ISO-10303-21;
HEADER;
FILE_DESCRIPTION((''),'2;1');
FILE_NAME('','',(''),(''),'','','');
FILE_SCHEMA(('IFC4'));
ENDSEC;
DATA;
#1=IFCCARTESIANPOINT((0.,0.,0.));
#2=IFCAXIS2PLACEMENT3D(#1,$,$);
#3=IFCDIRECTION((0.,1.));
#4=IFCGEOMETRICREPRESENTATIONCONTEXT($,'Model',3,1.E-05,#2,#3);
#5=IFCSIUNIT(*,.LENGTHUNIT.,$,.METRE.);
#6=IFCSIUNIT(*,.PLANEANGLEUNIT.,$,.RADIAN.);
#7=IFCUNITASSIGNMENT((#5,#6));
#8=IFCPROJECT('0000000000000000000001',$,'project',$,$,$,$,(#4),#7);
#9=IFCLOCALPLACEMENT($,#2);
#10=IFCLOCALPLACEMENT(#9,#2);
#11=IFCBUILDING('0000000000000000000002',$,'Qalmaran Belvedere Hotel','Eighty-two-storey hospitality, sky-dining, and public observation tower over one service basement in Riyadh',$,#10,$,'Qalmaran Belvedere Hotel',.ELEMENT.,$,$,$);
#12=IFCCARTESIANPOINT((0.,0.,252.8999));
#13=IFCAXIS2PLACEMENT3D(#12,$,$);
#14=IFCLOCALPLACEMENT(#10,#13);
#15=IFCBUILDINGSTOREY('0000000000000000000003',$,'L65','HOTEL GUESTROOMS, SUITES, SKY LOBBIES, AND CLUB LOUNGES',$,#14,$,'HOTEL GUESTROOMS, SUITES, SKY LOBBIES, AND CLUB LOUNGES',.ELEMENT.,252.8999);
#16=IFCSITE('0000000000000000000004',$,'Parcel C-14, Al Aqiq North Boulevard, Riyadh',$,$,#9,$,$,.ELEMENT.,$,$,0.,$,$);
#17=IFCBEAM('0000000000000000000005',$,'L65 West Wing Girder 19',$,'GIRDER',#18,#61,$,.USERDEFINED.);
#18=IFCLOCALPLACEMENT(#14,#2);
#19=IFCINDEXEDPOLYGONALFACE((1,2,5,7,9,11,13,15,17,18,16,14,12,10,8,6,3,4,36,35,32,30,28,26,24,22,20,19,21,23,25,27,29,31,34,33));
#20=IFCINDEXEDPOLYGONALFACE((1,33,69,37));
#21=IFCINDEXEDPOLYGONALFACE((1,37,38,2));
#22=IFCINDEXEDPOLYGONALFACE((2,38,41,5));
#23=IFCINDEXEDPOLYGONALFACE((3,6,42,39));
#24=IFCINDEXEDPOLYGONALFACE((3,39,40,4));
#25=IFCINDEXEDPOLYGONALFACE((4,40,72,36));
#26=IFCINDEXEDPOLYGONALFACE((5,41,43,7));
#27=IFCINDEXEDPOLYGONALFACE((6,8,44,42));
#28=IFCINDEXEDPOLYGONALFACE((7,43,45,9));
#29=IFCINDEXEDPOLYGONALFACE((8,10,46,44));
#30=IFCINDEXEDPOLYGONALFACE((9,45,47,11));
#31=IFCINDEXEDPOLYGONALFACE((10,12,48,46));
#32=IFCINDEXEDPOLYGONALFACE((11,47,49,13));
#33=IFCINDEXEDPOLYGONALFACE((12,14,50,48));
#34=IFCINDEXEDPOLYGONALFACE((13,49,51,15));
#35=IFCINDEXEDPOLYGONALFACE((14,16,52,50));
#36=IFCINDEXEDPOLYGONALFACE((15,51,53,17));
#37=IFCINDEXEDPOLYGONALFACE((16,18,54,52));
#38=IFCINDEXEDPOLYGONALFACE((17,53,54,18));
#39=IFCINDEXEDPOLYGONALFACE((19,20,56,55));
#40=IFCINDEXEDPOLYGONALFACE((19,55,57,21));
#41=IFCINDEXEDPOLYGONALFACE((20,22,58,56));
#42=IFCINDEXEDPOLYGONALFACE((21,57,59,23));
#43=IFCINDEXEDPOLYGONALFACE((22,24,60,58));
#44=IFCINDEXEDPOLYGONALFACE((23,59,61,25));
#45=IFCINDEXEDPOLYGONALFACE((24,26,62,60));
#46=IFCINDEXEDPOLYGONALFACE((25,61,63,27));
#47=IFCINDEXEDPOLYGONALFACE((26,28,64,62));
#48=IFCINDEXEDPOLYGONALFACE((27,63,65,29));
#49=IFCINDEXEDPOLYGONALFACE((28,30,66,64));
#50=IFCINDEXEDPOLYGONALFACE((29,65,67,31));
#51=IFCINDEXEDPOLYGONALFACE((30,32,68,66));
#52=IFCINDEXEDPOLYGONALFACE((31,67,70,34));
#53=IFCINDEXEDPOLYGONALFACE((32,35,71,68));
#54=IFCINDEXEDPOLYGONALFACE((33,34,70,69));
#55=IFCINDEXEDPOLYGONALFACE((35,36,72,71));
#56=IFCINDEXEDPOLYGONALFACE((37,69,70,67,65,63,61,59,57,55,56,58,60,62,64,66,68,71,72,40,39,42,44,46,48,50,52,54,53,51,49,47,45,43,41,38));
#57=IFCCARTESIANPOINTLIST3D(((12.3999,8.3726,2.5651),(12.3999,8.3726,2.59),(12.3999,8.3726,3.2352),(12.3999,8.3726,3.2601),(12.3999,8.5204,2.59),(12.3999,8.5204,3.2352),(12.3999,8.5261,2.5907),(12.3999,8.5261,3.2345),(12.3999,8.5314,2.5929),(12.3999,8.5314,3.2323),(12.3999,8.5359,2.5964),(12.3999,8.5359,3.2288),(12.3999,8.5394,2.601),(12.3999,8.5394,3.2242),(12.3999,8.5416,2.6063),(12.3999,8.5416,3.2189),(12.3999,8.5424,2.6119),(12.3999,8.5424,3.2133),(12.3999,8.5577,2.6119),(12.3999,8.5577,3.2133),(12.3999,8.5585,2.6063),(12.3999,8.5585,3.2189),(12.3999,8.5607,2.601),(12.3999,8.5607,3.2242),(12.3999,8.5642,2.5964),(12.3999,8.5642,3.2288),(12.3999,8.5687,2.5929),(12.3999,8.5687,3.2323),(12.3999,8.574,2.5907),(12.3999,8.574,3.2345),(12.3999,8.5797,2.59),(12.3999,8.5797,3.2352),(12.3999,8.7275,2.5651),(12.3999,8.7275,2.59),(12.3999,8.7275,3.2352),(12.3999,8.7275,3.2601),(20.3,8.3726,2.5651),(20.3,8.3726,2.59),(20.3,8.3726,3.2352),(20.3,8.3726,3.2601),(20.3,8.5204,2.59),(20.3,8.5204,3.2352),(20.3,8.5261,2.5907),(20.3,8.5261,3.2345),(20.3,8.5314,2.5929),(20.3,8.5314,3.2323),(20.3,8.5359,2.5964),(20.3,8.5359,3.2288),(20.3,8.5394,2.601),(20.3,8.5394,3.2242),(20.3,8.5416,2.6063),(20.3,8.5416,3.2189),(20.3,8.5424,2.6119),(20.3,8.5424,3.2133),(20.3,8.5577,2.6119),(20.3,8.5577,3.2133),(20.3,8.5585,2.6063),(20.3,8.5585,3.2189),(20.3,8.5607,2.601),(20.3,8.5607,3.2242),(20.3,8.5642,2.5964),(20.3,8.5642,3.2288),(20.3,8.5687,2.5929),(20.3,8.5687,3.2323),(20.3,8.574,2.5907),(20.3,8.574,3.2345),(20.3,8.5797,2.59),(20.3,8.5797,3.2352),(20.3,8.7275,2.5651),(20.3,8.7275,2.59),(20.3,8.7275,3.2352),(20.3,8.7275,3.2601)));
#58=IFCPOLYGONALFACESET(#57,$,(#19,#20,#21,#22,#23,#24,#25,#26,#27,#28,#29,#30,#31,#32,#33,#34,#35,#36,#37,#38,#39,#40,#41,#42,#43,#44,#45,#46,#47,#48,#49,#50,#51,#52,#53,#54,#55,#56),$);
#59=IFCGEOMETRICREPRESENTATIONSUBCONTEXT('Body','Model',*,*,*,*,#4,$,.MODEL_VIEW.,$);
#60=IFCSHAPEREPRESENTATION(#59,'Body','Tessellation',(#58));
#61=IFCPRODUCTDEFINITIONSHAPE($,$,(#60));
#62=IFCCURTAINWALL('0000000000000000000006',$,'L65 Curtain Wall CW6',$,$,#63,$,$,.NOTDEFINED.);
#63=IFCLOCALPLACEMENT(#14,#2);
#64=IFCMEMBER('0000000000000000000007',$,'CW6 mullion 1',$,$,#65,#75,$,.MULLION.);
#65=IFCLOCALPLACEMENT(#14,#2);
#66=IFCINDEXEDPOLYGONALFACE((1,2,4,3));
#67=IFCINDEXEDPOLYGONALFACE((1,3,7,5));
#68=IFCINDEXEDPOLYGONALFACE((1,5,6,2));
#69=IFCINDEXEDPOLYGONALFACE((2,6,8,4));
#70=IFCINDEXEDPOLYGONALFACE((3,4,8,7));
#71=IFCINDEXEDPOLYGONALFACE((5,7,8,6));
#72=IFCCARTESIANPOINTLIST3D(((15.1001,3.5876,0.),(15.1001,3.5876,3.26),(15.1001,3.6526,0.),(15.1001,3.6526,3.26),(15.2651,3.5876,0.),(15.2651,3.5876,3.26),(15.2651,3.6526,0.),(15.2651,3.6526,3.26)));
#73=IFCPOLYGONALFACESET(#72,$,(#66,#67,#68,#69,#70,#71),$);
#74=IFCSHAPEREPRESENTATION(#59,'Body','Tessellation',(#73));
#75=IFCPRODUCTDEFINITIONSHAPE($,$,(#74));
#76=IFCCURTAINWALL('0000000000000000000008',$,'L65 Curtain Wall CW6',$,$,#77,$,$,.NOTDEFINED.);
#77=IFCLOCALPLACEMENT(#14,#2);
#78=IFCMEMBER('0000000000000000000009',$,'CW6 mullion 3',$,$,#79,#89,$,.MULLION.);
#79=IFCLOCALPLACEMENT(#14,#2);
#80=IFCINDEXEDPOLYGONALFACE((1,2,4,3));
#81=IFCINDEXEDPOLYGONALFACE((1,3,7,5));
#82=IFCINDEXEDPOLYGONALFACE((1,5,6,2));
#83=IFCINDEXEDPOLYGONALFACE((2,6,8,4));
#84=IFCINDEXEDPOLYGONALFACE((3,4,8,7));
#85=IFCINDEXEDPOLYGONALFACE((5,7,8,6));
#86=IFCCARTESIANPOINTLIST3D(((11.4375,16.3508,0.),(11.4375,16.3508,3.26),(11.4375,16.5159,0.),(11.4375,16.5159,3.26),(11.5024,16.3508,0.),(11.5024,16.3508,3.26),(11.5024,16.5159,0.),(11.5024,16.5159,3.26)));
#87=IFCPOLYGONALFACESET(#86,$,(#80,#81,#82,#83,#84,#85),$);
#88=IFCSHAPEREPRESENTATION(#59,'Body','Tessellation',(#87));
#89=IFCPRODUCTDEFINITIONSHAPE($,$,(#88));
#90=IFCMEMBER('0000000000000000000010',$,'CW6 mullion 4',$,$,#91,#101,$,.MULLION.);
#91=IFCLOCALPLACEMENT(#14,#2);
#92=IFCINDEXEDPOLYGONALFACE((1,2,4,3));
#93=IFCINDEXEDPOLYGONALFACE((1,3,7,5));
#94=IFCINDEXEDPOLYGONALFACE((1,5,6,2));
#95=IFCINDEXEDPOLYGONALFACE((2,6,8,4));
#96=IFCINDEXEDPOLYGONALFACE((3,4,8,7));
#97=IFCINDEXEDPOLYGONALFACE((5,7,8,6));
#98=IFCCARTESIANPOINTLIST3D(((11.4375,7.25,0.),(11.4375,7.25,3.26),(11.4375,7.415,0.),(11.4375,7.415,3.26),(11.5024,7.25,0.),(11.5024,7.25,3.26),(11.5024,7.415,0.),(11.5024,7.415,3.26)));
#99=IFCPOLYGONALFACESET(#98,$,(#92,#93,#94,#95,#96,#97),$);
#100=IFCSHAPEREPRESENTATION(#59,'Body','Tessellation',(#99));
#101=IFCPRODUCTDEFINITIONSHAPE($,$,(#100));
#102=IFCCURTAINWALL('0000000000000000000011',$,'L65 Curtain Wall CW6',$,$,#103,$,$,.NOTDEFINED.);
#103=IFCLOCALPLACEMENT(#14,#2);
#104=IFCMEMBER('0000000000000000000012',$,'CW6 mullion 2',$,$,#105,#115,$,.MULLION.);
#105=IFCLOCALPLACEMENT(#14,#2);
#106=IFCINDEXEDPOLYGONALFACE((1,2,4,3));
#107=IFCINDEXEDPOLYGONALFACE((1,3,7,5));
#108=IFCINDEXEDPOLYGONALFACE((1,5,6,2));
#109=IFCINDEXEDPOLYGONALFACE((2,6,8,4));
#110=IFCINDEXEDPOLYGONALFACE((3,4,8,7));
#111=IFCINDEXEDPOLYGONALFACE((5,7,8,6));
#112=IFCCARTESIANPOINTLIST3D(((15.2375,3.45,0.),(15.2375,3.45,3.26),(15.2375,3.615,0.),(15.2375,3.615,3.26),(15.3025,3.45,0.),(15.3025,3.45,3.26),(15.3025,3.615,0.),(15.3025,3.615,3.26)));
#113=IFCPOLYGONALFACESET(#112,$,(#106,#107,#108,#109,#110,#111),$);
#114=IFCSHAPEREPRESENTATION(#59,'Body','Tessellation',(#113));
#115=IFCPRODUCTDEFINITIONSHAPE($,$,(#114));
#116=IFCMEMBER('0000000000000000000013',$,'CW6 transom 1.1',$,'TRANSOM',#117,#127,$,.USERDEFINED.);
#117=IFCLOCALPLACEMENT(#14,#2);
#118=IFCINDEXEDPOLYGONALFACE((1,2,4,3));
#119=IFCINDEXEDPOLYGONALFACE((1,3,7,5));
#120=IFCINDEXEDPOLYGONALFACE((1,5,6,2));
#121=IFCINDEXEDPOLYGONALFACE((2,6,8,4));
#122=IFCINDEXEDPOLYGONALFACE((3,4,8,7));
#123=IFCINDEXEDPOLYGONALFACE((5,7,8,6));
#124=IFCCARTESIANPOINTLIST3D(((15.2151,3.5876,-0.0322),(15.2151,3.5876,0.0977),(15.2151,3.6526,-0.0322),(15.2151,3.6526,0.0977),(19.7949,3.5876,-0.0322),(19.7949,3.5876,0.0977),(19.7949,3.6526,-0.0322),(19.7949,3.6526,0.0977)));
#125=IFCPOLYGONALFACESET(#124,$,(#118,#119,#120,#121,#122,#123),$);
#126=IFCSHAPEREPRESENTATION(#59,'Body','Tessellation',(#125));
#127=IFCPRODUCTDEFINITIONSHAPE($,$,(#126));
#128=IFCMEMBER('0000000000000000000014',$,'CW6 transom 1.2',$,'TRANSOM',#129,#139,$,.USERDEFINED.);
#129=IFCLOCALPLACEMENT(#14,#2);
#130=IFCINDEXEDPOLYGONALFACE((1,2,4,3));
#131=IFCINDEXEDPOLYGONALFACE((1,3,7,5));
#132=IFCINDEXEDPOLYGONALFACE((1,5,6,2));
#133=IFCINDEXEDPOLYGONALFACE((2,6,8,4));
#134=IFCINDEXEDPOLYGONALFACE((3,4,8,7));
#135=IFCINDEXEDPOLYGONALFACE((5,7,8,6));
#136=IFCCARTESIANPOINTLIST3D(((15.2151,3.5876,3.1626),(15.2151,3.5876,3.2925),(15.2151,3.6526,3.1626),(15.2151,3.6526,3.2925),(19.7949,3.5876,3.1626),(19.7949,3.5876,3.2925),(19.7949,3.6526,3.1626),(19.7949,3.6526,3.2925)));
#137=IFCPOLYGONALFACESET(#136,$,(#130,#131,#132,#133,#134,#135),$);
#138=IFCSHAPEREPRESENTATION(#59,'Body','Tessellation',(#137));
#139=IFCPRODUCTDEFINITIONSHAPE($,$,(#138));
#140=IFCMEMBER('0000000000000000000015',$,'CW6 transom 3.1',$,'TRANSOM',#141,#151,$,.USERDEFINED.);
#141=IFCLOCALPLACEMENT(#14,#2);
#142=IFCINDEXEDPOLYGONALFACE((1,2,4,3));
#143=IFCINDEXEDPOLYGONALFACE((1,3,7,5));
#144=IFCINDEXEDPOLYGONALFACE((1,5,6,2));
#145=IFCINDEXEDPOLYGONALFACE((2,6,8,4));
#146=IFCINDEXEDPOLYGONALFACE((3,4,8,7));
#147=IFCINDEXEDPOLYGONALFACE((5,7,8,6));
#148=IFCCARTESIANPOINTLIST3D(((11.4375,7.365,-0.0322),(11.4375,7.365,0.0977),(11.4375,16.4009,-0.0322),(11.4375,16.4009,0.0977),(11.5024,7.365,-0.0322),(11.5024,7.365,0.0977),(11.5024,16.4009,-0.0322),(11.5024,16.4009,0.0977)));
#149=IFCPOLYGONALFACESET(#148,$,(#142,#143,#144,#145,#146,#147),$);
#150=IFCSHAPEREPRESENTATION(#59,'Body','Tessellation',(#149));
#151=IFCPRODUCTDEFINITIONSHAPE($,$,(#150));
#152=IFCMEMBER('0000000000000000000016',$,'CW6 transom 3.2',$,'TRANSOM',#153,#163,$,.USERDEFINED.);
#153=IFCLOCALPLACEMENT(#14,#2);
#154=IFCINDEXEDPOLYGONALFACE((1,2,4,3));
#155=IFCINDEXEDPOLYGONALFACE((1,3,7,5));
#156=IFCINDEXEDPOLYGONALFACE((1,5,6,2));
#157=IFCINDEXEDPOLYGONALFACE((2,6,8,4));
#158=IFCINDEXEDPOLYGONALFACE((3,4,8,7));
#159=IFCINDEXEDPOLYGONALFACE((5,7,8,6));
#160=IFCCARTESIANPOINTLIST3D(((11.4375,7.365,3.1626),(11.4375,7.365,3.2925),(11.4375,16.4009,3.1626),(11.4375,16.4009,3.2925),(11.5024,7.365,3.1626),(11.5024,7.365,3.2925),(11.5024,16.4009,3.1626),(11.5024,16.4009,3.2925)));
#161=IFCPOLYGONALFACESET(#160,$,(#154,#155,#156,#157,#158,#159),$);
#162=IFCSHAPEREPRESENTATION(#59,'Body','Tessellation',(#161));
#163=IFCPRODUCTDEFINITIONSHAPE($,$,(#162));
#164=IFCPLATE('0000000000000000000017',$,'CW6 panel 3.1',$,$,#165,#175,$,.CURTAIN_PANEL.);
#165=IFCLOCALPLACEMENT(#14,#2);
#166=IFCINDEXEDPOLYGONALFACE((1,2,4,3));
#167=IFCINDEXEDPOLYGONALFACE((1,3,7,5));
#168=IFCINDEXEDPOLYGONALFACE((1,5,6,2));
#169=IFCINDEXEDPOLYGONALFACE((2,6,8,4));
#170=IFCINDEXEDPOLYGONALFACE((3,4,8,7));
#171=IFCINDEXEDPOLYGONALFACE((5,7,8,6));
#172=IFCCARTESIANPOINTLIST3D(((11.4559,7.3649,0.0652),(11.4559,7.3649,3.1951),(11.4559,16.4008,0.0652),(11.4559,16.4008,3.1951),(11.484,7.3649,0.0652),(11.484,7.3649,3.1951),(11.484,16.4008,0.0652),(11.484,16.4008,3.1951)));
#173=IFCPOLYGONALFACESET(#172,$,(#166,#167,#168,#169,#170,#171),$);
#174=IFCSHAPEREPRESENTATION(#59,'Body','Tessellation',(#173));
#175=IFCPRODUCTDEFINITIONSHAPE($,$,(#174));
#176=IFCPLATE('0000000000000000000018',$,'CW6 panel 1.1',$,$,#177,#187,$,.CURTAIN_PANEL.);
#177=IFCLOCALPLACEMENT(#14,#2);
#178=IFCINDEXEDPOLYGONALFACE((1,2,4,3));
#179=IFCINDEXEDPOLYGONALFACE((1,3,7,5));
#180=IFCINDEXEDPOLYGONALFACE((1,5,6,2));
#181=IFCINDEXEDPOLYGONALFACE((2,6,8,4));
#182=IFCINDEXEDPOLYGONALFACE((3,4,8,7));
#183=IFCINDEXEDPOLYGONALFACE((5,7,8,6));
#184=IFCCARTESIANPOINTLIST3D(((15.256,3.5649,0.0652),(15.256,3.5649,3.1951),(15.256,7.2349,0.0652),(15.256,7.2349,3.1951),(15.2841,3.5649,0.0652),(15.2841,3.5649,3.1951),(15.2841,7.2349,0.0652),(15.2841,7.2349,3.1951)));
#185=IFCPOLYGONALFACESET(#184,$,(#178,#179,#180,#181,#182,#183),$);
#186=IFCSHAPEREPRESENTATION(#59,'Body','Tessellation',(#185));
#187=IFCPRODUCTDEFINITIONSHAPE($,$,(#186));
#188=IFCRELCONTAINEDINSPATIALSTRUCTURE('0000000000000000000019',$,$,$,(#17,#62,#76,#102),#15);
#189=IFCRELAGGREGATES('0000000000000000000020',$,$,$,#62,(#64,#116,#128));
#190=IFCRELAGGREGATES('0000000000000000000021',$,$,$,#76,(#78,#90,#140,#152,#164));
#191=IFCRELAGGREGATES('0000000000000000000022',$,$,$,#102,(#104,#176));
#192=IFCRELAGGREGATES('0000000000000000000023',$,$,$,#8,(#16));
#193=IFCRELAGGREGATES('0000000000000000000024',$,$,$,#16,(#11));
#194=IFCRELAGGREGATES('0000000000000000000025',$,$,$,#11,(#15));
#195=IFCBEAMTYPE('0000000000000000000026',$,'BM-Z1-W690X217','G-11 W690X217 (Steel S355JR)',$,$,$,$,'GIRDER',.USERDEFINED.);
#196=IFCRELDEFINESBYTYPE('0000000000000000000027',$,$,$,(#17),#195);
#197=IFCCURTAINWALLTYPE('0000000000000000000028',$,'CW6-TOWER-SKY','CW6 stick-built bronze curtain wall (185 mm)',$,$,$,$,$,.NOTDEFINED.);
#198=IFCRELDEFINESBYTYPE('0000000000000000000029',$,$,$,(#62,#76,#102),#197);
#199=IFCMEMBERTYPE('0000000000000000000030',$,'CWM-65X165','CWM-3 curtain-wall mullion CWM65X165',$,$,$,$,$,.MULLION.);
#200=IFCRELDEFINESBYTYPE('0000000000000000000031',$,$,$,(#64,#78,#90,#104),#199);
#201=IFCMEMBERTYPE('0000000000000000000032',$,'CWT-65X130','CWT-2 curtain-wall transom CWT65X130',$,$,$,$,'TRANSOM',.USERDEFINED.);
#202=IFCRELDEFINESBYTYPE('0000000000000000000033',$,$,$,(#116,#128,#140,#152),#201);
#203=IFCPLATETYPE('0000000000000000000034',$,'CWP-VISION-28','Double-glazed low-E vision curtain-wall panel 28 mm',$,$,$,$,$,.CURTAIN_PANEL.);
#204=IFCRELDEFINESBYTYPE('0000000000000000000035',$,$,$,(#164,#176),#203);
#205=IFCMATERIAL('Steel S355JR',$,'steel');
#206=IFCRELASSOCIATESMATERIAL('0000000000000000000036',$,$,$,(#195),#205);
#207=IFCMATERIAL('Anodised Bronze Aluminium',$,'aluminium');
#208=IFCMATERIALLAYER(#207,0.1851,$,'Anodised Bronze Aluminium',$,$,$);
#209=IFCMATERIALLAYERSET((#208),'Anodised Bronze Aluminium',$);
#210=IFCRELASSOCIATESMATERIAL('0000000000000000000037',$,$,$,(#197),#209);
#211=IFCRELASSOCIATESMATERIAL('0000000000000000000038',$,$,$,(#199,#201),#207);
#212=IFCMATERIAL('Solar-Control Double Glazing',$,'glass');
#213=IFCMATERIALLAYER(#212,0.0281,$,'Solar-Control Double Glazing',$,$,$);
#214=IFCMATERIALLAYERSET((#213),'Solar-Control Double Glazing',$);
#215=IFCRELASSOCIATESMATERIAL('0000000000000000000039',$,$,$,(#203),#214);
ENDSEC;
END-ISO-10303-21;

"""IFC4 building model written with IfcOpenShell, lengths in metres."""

from ifc_helpers import new_model, si_unit, direction, frame, origin, origin_2d, place, context, subcontext, project, spatial, rectangle, i_section, extrude, material, layer, layer_set, material_profile, profile_set, type_object, element, aggregate, save


model = new_model("IFC4")

# Units and contexts
model_context = context("Model", 3, precision=1e-05, world=origin(), true_north=direction((0.0, 1.0)))
body_context = subcontext(model_context, "Body", "Model", "MODEL_VIEW")
ifc_project = project(units=[si_unit("LENGTHUNIT", "METRE"), si_unit("PLANEANGLEUNIT", "RADIAN")], contexts=[model_context])

# Site, building, storey
site_placement = place(None, origin())
site = spatial("IfcSite", under=ifc_project, at=site_placement, Name="Parcel C-14, Al Aqiq North Boulevard, Riyadh", CompositionType="ELEMENT", RefElevation=0.0)
building_placement = place(site_placement, origin())
building = spatial("IfcBuilding", under=site, at=building_placement, Name="Qalmaran Belvedere Hotel", Description="Eighty-two-storey hospitality, sky-dining, and public observation tower over one service basement in Riyadh", LongName="Qalmaran Belvedere Hotel", CompositionType="ELEMENT")
storey_placement = place(building_placement, frame((0.0, 0.0, 252.8999)))
storey = spatial("IfcBuildingStorey", under=building, at=storey_placement, Name="L65", Description="HOTEL GUESTROOMS, SUITES, SKY LOBBIES, AND CLUB LOUNGES", LongName="HOTEL GUESTROOMS, SUITES, SKY LOBBIES, AND CLUB LOUNGES", CompositionType="ELEMENT", Elevation=252.8999)

# Beam
ifc_material_1 = material(Name="Steel S355JR", Category="steel")
ifc_material_profile_1 = material_profile(ifc_material_1, i_section(OverallWidth=0.355, OverallDepth=0.6951, WebThickness=0.0154, FlangeThickness=0.0249, FilletRadius=0.022, at=origin_2d()), Name="W690X217")
ifc_profile_set_1 = profile_set([ifc_material_profile_1], Name="Steel S355JR")
beam_type_1 = type_object("IfcBeamType", Name="BM-Z1-W690X217", Description="G-11 W690X217 (Steel S355JR)", ElementType="GIRDER", PredefinedType="USERDEFINED", material=ifc_profile_set_1)
beam_1_placement = place(storey_placement, frame((12.3999, 8.55, 2.9126), z_axis=(1.0, 0.0, 0.0), x_axis=(0.0, 1.0, 0.0)))
element("IfcBeam", 1, at=beam_1_placement, inside=storey, type_object=beam_type_1, Name="L65 West Wing Girder 19", ObjectType="GIRDER", PredefinedType="USERDEFINED", context=body_context, shape_type="SweptSolid", body=[
    extrude(i_section(OverallWidth=0.355, OverallDepth=0.6951, WebThickness=0.0154, FlangeThickness=0.0249, FilletRadius=0.022, at=origin_2d()), origin(), (0.0, 0.0, 1.0), 7.9001),
])

# Curtain wall, member
ifc_material_2 = material(Name="Anodised Bronze Aluminium", Category="aluminium")
ifc_layer_1 = layer(ifc_material_2, 0.1851, Name="Anodised Bronze Aluminium")
ifc_layer_set_1 = layer_set([ifc_layer_1], Name="Anodised Bronze Aluminium")
curtain_wall_type = type_object("IfcCurtainWallType", Name="CW6-TOWER-SKY", Description="CW6 stick-built bronze curtain wall (185 mm)", PredefinedType="NOTDEFINED", material=ifc_layer_set_1)
curtain_wall_1_placement = place(storey_placement, origin())
curtain_wall_1 = element("IfcCurtainWall", 2, at=curtain_wall_1_placement, inside=storey, type_object=curtain_wall_type, Name="L65 Curtain Wall CW6", PredefinedType="NOTDEFINED")
ifc_material_profile_2 = material_profile(ifc_material_2, rectangle(XDim=0.0649, YDim=0.165, at=origin_2d()), Name="CWM65X165")
ifc_profile_set_2 = profile_set([ifc_material_profile_2], Name="Anodised Bronze Aluminium")
member_type_1 = type_object("IfcMemberType", Name="CWM-65X165", Description="CWM-3 curtain-wall mullion CWM65X165", PredefinedType="MULLION", material=ifc_profile_set_2)
member_1_placement = place(storey_placement, frame((15.1826, 3.6201, 0.0), z_axis=(0.0, 0.0, 1.0), x_axis=(0.0, 1.0, 0.0)))
member_1 = element("IfcMember", 3, at=member_1_placement, type_object=member_type_1, Name="CW6 mullion 1", PredefinedType="MULLION", context=body_context, shape_type="SweptSolid", body=[
    extrude(rectangle(XDim=0.0649, YDim=0.165, at=origin_2d()), origin(), (0.0, 0.0, 1.0), 3.26),
])

# Curtain wall, members
curtain_wall_2_placement = place(storey_placement, origin())
curtain_wall_2 = element("IfcCurtainWall", 4, at=curtain_wall_2_placement, inside=storey, type_object=curtain_wall_type, Name="L65 Curtain Wall CW6", PredefinedType="NOTDEFINED")
member_2_placement = place(storey_placement, frame((11.47, 16.4333, 0.0), z_axis=(0.0, 0.0, 1.0), x_axis=(1.0, 0.0, 0.0)))
member_2 = element("IfcMember", 5, at=member_2_placement, type_object=member_type_1, Name="CW6 mullion 3", PredefinedType="MULLION", context=body_context, shape_type="SweptSolid", body=[
    extrude(rectangle(XDim=0.0649, YDim=0.165, at=origin_2d()), origin(), (0.0, 0.0, 1.0), 3.26),
])
member_3_placement = place(storey_placement, frame((11.47, 7.3325, 0.0), z_axis=(0.0, 0.0, 1.0), x_axis=(1.0, 0.0, 0.0)))
member_3 = element("IfcMember", 6, at=member_3_placement, type_object=member_type_1, Name="CW6 mullion 4", PredefinedType="MULLION", context=body_context, shape_type="SweptSolid", body=[
    extrude(rectangle(XDim=0.0649, YDim=0.165, at=origin_2d()), origin(), (0.0, 0.0, 1.0), 3.26),
])

# Curtain wall, member
curtain_wall_3_placement = place(storey_placement, origin())
curtain_wall_3 = element("IfcCurtainWall", 7, at=curtain_wall_3_placement, inside=storey, type_object=curtain_wall_type, Name="L65 Curtain Wall CW6", PredefinedType="NOTDEFINED")
member_4_placement = place(storey_placement, frame((15.27, 3.5325, 0.0), z_axis=(0.0, 0.0, 1.0), x_axis=(1.0, 0.0, 0.0)))
member_4 = element("IfcMember", 8, at=member_4_placement, type_object=member_type_1, Name="CW6 mullion 2", PredefinedType="MULLION", context=body_context, shape_type="SweptSolid", body=[
    extrude(rectangle(XDim=0.0649, YDim=0.165, at=origin_2d()), origin(), (0.0, 0.0, 1.0), 3.26),
])

# Members
ifc_material_profile_3 = material_profile(ifc_material_2, rectangle(XDim=0.0649, YDim=0.1299, at=origin_2d()), Name="CWT65X130")
ifc_profile_set_3 = profile_set([ifc_material_profile_3], Name="Anodised Bronze Aluminium")
member_type_2 = type_object("IfcMemberType", Name="CWT-65X130", Description="CWT-2 curtain-wall transom CWT65X130", ElementType="TRANSOM", PredefinedType="USERDEFINED", material=ifc_profile_set_3)
member_5_placement = place(storey_placement, frame((15.2151, 3.6201, 0.0327), z_axis=(1.0, 0.0, 0.0), x_axis=(0.0, 1.0, 0.0)))
member_5 = element("IfcMember", 9, at=member_5_placement, type_object=member_type_2, Name="CW6 transom 1.1", ObjectType="TRANSOM", PredefinedType="USERDEFINED", context=body_context, shape_type="SweptSolid", body=[
    extrude(rectangle(XDim=0.0649, YDim=0.1299, at=origin_2d()), origin(), (0.0, 0.0, 1.0), 4.5798),
])
member_6_placement = place(storey_placement, frame((15.2151, 3.6201, 3.2275), z_axis=(1.0, 0.0, 0.0), x_axis=(0.0, 1.0, 0.0)))
member_6 = element("IfcMember", 10, at=member_6_placement, type_object=member_type_2, Name="CW6 transom 1.2", ObjectType="TRANSOM", PredefinedType="USERDEFINED", context=body_context, shape_type="SweptSolid", body=[
    extrude(rectangle(XDim=0.0649, YDim=0.1299, at=origin_2d()), origin(), (0.0, 0.0, 1.0), 4.5798),
])
aggregate(curtain_wall_1, [member_1, member_5, member_6])
member_7_placement = place(storey_placement, frame((11.47, 16.4009, 0.0327), z_axis=(0.0, -1.0, 0.0), x_axis=(1.0, 0.0, 0.0)))
member_7 = element("IfcMember", 11, at=member_7_placement, type_object=member_type_2, Name="CW6 transom 3.1", ObjectType="TRANSOM", PredefinedType="USERDEFINED", context=body_context, shape_type="SweptSolid", body=[
    extrude(rectangle(XDim=0.0649, YDim=0.1299, at=origin_2d()), origin(), (0.0, 0.0, 1.0), 9.0359),
])
member_8_placement = place(storey_placement, frame((11.47, 16.4009, 3.2275), z_axis=(0.0, -1.0, 0.0), x_axis=(1.0, 0.0, 0.0)))
member_8 = element("IfcMember", 12, at=member_8_placement, type_object=member_type_2, Name="CW6 transom 3.2", ObjectType="TRANSOM", PredefinedType="USERDEFINED", context=body_context, shape_type="SweptSolid", body=[
    extrude(rectangle(XDim=0.0649, YDim=0.1299, at=origin_2d()), origin(), (0.0, 0.0, 1.0), 9.0359),
])

# Plates
ifc_material_3 = material(Name="Solar-Control Double Glazing", Category="glass")
ifc_layer_2 = layer(ifc_material_3, 0.0281, Name="Solar-Control Double Glazing")
ifc_layer_set_2 = layer_set([ifc_layer_2], Name="Solar-Control Double Glazing")
plate_type = type_object("IfcPlateType", Name="CWP-VISION-28", Description="Double-glazed low-E vision curtain-wall panel 28 mm", PredefinedType="CURTAIN_PANEL", material=ifc_layer_set_2)
plate_1_placement = place(storey_placement, frame((11.47, 11.8828, 0.0652), z_axis=(0.0, 0.0, 1.0), x_axis=(0.0, -1.0, 0.0)))
plate_1 = element("IfcPlate", 13, at=plate_1_placement, type_object=plate_type, Name="CW6 panel 3.1", PredefinedType="CURTAIN_PANEL", context=body_context, shape_type="SweptSolid", body=[
    extrude(rectangle(XDim=9.0359, YDim=0.0281, at=origin_2d()), origin(), (0.0, 0.0, 1.0), 3.1299),
])
aggregate(curtain_wall_2, [member_2, member_3, member_7, member_8, plate_1])
plate_2_placement = place(storey_placement, frame((15.27, 5.3999, 0.0652), z_axis=(0.0, 0.0, 1.0), x_axis=(0.0, -1.0, 0.0)))
plate_2 = element("IfcPlate", 14, at=plate_2_placement, type_object=plate_type, Name="CW6 panel 1.1", PredefinedType="CURTAIN_PANEL", context=body_context, shape_type="SweptSolid", body=[
    extrude(rectangle(XDim=3.6699, YDim=0.0281, at=origin_2d()), origin(), (0.0, 0.0, 1.0), 3.1299),
])
aggregate(curtain_wall_3, [member_4, plate_2])

save(model, "model.ifc")
